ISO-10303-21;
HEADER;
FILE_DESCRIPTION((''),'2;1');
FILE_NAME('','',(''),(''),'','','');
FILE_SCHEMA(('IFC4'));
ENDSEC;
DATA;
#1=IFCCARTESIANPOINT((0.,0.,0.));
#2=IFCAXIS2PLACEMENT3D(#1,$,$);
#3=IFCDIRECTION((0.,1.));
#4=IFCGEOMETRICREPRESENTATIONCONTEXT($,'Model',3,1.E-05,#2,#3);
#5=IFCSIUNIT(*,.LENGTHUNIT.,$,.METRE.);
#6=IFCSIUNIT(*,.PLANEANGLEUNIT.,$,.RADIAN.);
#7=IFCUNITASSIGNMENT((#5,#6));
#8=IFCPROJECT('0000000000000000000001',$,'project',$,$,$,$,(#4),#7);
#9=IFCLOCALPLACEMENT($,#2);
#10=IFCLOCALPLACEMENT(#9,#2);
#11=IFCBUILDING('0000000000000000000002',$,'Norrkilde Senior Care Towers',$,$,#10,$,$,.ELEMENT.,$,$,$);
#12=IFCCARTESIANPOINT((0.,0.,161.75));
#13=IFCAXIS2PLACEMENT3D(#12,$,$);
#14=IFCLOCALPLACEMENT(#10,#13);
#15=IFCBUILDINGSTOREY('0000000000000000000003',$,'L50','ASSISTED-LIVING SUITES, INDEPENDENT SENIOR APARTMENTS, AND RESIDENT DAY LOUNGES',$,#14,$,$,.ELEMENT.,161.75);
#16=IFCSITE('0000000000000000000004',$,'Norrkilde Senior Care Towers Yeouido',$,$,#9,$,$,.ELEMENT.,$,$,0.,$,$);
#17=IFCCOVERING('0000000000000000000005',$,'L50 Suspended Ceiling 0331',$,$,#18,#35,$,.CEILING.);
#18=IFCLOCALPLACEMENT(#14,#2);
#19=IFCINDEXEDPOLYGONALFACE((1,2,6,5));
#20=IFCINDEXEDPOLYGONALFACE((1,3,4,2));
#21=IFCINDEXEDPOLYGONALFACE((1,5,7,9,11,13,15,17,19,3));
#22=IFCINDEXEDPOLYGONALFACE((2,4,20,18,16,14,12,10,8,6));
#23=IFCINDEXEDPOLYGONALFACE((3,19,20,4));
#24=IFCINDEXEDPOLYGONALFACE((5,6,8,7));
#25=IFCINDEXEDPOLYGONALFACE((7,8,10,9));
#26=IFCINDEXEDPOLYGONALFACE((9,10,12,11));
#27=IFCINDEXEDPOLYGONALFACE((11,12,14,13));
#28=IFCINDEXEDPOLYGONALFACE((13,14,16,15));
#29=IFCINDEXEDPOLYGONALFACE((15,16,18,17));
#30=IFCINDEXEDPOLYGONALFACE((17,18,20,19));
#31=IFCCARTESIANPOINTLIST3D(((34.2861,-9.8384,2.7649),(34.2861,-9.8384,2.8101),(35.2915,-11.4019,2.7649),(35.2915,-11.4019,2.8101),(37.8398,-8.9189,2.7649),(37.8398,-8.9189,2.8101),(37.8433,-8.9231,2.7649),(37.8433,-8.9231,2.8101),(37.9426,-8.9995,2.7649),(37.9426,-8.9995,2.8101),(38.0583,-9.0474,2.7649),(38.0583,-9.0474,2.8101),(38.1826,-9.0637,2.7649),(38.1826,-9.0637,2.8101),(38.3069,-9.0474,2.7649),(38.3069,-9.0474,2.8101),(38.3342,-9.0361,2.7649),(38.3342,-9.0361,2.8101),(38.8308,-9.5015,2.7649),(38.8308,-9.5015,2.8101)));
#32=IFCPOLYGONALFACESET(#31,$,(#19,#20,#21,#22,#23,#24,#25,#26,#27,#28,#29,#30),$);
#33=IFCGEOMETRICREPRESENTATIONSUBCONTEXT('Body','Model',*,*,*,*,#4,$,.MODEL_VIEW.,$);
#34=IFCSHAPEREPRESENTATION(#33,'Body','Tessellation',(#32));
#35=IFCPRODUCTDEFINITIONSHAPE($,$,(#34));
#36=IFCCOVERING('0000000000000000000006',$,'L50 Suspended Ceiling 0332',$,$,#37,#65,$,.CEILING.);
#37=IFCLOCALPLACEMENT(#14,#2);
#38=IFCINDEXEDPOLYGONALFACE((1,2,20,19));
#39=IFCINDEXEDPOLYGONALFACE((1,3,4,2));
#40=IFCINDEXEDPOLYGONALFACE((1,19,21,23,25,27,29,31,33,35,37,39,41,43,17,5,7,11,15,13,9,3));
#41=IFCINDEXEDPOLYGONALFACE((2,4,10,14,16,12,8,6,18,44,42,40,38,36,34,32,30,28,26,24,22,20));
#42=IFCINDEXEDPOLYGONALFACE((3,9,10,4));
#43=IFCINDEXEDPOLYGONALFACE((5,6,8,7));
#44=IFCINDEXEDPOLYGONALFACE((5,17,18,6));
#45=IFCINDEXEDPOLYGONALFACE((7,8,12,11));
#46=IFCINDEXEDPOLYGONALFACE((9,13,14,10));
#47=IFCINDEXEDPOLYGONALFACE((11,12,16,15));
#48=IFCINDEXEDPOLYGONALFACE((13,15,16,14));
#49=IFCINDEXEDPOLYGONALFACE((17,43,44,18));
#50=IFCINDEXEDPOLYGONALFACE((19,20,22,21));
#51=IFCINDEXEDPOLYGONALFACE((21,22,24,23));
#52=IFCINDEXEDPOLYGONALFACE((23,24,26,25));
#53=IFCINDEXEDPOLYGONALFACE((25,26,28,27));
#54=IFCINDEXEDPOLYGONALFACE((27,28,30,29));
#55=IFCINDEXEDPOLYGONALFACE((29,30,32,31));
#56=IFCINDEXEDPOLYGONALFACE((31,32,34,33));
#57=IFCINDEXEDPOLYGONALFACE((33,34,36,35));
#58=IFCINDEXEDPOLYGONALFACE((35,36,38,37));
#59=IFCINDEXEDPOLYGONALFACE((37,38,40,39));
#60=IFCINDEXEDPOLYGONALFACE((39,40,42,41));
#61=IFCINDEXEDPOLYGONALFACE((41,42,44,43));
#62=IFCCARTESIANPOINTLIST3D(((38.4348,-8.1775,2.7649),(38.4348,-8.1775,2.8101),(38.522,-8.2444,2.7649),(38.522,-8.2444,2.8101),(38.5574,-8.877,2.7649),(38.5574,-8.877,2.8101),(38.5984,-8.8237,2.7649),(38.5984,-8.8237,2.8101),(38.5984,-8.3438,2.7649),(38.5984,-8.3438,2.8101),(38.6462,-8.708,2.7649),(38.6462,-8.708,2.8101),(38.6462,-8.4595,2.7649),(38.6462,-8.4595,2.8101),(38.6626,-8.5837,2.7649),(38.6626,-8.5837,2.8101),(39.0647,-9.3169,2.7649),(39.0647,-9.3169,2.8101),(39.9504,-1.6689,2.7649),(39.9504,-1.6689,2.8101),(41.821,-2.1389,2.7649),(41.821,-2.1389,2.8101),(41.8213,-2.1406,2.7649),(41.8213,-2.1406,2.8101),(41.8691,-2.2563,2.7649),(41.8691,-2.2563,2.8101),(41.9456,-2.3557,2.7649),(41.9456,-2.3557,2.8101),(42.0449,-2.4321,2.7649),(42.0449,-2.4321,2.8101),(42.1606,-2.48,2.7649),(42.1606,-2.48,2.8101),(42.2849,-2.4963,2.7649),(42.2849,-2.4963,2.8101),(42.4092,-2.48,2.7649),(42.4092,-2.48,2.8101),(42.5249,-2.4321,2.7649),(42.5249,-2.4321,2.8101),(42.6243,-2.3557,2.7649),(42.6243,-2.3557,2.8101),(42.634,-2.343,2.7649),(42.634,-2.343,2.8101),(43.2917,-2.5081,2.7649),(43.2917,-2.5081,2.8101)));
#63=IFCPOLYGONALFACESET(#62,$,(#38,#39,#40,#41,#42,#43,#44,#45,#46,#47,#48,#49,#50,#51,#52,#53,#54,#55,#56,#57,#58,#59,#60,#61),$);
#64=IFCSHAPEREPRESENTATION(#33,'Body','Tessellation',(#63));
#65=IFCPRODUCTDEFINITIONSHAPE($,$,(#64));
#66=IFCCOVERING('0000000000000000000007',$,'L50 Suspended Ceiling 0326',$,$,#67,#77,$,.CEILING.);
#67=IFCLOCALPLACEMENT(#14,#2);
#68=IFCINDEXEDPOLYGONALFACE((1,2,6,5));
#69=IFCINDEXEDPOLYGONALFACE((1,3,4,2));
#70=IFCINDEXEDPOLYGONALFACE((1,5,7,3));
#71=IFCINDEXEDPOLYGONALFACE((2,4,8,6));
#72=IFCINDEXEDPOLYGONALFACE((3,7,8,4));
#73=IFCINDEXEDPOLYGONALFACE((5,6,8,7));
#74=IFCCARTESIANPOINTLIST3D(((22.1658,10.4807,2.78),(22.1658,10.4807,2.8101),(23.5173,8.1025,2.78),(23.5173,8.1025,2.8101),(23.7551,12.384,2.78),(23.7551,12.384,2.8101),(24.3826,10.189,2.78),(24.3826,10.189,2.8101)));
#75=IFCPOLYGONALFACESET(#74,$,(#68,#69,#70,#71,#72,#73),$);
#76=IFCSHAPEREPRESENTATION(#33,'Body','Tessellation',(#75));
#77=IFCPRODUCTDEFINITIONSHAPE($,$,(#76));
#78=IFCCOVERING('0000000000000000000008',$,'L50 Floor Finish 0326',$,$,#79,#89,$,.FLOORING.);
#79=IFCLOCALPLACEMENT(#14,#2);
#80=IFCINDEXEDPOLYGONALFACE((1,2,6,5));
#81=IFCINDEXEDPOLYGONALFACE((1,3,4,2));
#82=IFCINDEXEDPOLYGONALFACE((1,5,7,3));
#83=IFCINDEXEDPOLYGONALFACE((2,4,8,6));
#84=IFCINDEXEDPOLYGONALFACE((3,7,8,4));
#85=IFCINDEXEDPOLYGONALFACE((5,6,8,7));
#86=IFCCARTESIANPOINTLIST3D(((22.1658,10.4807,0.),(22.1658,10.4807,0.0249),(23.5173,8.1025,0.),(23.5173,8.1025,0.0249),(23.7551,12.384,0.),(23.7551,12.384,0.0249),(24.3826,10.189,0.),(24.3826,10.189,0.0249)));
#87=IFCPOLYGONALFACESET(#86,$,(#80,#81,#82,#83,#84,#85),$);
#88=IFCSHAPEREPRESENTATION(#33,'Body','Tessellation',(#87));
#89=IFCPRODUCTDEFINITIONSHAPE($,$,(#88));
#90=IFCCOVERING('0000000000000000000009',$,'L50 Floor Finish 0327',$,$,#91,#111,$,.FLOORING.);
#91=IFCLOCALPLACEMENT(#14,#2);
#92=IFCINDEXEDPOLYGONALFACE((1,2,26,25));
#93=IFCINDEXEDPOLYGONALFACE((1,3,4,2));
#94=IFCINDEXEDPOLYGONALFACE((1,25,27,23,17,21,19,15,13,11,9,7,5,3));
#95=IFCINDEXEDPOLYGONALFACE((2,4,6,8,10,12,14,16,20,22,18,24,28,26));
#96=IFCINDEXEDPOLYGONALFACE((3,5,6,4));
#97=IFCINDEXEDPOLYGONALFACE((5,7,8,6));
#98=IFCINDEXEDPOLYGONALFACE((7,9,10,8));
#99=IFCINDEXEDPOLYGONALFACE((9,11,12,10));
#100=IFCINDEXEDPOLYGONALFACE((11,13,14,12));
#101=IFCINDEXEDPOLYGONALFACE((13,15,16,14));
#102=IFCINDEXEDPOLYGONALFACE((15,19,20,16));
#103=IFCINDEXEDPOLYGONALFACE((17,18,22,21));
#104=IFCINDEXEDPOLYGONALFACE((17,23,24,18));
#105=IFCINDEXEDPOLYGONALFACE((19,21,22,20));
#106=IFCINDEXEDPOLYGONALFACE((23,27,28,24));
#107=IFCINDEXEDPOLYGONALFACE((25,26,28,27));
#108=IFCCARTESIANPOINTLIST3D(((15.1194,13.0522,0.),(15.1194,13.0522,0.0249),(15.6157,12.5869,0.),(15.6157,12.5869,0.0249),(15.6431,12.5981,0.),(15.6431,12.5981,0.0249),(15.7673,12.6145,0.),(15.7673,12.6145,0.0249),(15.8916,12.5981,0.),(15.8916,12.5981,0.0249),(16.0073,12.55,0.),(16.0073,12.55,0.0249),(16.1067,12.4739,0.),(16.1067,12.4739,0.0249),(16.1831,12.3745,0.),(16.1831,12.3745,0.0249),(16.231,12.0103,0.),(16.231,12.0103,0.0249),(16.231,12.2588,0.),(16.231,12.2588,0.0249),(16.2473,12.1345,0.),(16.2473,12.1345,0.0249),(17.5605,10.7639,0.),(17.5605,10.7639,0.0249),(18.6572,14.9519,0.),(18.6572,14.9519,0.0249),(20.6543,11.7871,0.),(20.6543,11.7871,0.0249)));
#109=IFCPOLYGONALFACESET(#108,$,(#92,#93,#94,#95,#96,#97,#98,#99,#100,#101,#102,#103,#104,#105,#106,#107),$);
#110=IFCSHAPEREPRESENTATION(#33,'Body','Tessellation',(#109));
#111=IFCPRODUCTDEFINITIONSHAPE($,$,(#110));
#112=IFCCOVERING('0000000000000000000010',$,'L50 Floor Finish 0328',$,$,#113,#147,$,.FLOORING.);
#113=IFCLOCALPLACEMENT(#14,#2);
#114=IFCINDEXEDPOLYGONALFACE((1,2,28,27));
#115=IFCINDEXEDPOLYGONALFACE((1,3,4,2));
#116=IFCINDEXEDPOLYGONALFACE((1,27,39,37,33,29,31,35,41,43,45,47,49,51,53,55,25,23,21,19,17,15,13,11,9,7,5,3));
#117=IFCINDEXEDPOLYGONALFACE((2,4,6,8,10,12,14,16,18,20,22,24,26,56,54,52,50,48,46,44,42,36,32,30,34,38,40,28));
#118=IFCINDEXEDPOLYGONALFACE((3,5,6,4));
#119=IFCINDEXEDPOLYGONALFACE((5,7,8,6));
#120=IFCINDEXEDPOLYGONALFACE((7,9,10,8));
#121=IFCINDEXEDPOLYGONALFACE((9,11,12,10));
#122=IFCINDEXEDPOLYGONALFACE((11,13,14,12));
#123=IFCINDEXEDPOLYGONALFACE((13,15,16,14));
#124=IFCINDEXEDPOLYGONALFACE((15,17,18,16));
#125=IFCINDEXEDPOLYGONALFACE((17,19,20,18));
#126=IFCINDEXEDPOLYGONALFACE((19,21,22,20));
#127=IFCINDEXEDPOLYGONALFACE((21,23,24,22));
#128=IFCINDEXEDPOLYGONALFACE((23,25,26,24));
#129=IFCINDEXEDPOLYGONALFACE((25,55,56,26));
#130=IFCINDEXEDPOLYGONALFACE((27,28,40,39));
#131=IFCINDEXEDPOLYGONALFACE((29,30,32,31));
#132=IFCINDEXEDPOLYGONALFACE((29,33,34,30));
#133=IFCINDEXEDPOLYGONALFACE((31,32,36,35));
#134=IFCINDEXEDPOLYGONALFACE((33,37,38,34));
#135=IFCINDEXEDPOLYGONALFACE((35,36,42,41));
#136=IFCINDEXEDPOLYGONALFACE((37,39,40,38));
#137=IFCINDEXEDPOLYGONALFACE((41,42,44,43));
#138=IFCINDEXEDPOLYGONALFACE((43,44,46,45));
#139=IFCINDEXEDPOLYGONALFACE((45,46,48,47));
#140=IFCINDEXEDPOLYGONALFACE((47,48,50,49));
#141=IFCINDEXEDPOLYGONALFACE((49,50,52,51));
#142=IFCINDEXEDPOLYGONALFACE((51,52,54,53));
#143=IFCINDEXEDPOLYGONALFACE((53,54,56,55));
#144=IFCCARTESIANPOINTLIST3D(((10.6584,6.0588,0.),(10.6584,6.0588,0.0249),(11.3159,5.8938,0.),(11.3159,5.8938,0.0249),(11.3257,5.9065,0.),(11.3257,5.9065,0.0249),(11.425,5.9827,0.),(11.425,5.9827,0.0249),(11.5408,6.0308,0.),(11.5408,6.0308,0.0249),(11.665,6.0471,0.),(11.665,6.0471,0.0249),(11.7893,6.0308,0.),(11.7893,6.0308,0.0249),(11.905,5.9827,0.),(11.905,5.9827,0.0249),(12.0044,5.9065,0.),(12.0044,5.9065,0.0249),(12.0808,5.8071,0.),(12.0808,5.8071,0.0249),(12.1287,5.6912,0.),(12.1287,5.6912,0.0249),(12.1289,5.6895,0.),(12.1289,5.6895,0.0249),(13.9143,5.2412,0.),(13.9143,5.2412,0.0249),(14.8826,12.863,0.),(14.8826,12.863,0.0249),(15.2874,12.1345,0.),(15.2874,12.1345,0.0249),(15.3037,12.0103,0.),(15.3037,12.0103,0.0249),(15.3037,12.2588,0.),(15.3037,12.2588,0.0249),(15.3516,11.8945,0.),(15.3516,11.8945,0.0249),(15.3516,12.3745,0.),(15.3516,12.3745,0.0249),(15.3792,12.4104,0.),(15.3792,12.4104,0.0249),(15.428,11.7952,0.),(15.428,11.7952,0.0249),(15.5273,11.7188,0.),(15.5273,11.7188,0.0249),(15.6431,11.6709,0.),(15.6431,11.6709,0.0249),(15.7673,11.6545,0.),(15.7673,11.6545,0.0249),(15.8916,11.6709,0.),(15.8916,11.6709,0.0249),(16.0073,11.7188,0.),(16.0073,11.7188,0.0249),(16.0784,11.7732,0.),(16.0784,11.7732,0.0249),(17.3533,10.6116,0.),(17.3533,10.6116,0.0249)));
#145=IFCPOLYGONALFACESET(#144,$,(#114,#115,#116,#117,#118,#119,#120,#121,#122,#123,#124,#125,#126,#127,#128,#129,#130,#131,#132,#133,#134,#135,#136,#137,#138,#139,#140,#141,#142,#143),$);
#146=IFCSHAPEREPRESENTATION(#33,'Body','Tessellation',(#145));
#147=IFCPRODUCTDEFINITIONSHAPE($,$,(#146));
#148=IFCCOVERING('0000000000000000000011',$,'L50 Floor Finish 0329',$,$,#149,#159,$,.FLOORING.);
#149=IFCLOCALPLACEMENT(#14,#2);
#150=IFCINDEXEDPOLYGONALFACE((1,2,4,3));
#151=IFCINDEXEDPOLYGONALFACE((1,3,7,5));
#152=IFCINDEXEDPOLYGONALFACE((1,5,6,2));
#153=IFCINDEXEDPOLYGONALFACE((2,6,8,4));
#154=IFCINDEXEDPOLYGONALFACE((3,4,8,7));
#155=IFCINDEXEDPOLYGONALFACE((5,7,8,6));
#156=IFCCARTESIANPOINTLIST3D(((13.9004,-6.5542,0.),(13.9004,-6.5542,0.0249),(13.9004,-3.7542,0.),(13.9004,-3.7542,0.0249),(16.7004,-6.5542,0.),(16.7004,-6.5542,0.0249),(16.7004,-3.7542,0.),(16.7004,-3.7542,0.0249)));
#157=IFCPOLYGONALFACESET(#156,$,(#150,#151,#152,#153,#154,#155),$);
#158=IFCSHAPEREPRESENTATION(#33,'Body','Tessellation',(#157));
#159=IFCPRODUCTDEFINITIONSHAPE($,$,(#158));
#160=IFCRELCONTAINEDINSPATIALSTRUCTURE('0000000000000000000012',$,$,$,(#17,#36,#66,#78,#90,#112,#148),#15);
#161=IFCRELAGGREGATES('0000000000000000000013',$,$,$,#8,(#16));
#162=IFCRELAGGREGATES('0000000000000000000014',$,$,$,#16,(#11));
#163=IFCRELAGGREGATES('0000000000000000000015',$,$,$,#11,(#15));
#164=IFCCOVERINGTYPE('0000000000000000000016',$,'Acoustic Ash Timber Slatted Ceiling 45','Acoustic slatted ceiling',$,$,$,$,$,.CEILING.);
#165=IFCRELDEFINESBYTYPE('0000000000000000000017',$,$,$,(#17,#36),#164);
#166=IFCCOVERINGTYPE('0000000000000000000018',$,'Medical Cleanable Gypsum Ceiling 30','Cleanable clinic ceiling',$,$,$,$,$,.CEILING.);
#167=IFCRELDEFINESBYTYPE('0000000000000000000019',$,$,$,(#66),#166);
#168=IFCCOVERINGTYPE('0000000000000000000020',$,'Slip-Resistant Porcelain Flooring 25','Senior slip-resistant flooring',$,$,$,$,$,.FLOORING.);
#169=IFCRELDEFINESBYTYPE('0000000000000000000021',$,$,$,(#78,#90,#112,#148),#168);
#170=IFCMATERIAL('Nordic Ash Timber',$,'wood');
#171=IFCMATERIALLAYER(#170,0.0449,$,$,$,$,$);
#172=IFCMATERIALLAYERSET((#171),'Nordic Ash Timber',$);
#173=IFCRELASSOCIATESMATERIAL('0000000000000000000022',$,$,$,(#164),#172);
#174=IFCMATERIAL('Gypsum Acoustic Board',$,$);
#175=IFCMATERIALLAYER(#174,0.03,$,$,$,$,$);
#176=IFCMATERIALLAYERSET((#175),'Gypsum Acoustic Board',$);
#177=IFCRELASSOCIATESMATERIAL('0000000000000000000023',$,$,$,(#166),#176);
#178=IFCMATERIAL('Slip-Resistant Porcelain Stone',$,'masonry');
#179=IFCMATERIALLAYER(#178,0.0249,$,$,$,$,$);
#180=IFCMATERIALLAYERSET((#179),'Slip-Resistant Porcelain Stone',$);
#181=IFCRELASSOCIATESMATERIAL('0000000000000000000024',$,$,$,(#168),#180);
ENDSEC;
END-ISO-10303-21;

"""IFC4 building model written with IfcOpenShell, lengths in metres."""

from ifc_helpers import new_model, si_unit, direction, frame, origin, place, context, subcontext, project, spatial, polyline, outline, extrude, material, layer, layer_set, type_object, element, save


model = new_model("IFC4")

# Units and contexts
model_context = context("Model", 3, precision=1e-05, world=origin(), true_north=direction((0.0, 1.0)))
body_context = subcontext(model_context, "Body", "Model", "MODEL_VIEW")
ifc_project = project(units=[si_unit("LENGTHUNIT", "METRE"), si_unit("PLANEANGLEUNIT", "RADIAN")], contexts=[model_context])

# Site, building, storey
site_placement = place(None, origin())
site = spatial("IfcSite", under=ifc_project, at=site_placement, Name="Norrkilde Senior Care Towers Yeouido", CompositionType="ELEMENT", RefElevation=0.0)
building_placement = place(site_placement, origin())
building = spatial("IfcBuilding", under=site, at=building_placement, Name="Norrkilde Senior Care Towers", CompositionType="ELEMENT")
storey_placement = place(building_placement, frame((0.0, 0.0, 161.75)))
storey = spatial("IfcBuildingStorey", under=building, at=storey_placement, Name="L50", Description="ASSISTED-LIVING SUITES, INDEPENDENT SENIOR APARTMENTS, AND RESIDENT DAY LOUNGES", CompositionType="ELEMENT", Elevation=161.75)

# Shared definitions
ifc_material_1 = material(Name="Gypsum Acoustic Board")
ifc_material_2 = material(Name="Nordic Ash Timber", Category="wood")

# Coverings
ifc_layer_1 = layer(ifc_material_2, 0.0449)
ifc_layer_set_1 = layer_set([ifc_layer_1], Name="Nordic Ash Timber")
covering_type_1 = type_object("IfcCoveringType", Name="Acoustic Ash Timber Slatted Ceiling 45", Description="Acoustic slatted ceiling", PredefinedType="CEILING", material=ifc_layer_set_1)
covering_1_placement = place(storey_placement, frame((0.0, 0.0, 2.7649)))
element("IfcCovering", 1, at=covering_1_placement, inside=storey, type_object=covering_type_1, Name="L50 Suspended Ceiling 0331", PredefinedType="CEILING", context=body_context, shape_type="SweptSolid", body=[
    extrude(outline(polyline([(38.8308, -9.5015), (35.2915, -11.4019), (34.2861, -9.8384), (37.8398, -8.9189), (37.8433, -8.9231), (37.9426, -8.9995), (38.0583, -9.0474), (38.1826, -9.0637), (38.3069, -9.0474), (38.3342, -9.0361), (38.8308, -9.5015)])), origin(), (0.0, 0.0, 1.0), 0.0452),
])
covering_2_placement = place(storey_placement, frame((0.0, 0.0, 2.7649)))
element("IfcCovering", 2, at=covering_2_placement, inside=storey, type_object=covering_type_1, Name="L50 Suspended Ceiling 0332", PredefinedType="CEILING", context=body_context, shape_type="SweptSolid", body=[
    extrude(outline(polyline([(39.0647, -9.3169), (38.5574, -8.877), (38.5984, -8.8237), (38.6462, -8.708), (38.6626, -8.5837), (38.6462, -8.4595), (38.5984, -8.3438), (38.522, -8.2444), (38.4348, -8.1775), (39.9504, -1.6689), (41.821, -2.1389), (41.8213, -2.1406), (41.8691, -2.2563), (41.9456, -2.3557), (42.0449, -2.4321), (42.1606, -2.48), (42.2849, -2.4963), (42.4092, -2.48), (42.5249, -2.4321), (42.6243, -2.3557), (42.634, -2.343), (43.2917, -2.5081), (39.0647, -9.3169)])), origin(), (0.0, 0.0, 1.0), 0.0452),
])
ifc_layer_2 = layer(ifc_material_1, 0.03)
ifc_layer_set_2 = layer_set([ifc_layer_2], Name="Gypsum Acoustic Board")
covering_type_2 = type_object("IfcCoveringType", Name="Medical Cleanable Gypsum Ceiling 30", Description="Cleanable clinic ceiling", PredefinedType="CEILING", material=ifc_layer_set_2)
covering_3_placement = place(storey_placement, frame((0.0, 0.0, 2.78)))
element("IfcCovering", 3, at=covering_3_placement, inside=storey, type_object=covering_type_2, Name="L50 Suspended Ceiling 0326", PredefinedType="CEILING", context=body_context, shape_type="SweptSolid", body=[
    extrude(outline(polyline([(23.7551, 12.384), (24.3826, 10.189), (23.5173, 8.1025), (22.1658, 10.4807), (23.7551, 12.384)])), origin(), (0.0, 0.0, 1.0), 0.03),
])
ifc_material_3 = material(Name="Slip-Resistant Porcelain Stone", Category="masonry")
ifc_layer_3 = layer(ifc_material_3, 0.0249)
ifc_layer_set_3 = layer_set([ifc_layer_3], Name="Slip-Resistant Porcelain Stone")
covering_type_3 = type_object("IfcCoveringType", Name="Slip-Resistant Porcelain Flooring 25", Description="Senior slip-resistant flooring", PredefinedType="FLOORING", material=ifc_layer_set_3)
covering_4_placement = place(storey_placement, origin())
element("IfcCovering", 4, at=covering_4_placement, inside=storey, type_object=covering_type_3, Name="L50 Floor Finish 0326", PredefinedType="FLOORING", context=body_context, shape_type="SweptSolid", body=[
    extrude(outline(polyline([(23.7551, 12.384), (24.3826, 10.189), (23.5173, 8.1025), (22.1658, 10.4807), (23.7551, 12.384)])), origin(), (0.0, 0.0, 1.0), 0.0249),
])
covering_5_placement = place(storey_placement, origin())
element("IfcCovering", 5, at=covering_5_placement, inside=storey, type_object=covering_type_3, Name="L50 Floor Finish 0327", PredefinedType="FLOORING", context=body_context, shape_type="SweptSolid", body=[
    extrude(outline(polyline([(16.231, 12.0103), (16.231, 12.0103), (16.2473, 12.1345), (16.231, 12.2588), (16.1831, 12.3745), (16.1067, 12.4739), (16.0073, 12.55), (15.8916, 12.5981), (15.7673, 12.6145), (15.6431, 12.5981), (15.6157, 12.5869), (15.1194, 13.0522), (18.6572, 14.9519), (20.6543, 11.7871), (17.5605, 10.7639), (16.231, 12.0103)])), origin(), (0.0, 0.0, 1.0), 0.0249),
])
covering_6_placement = place(storey_placement, origin())
element("IfcCovering", 6, at=covering_6_placement, inside=storey, type_object=covering_type_3, Name="L50 Floor Finish 0328", PredefinedType="FLOORING", context=body_context, shape_type="SweptSolid", body=[
    extrude(outline(polyline([(12.1289, 5.6895), (12.1287, 5.6912), (12.0808, 5.8071), (12.0044, 5.9065), (11.905, 5.9827), (11.7893, 6.0308), (11.665, 6.0471), (11.5408, 6.0308), (11.425, 5.9827), (11.3257, 5.9065), (11.3159, 5.8938), (10.6584, 6.0588), (14.8826, 12.863), (15.3792, 12.4104), (15.3516, 12.3745), (15.3037, 12.2588), (15.2874, 12.1345), (15.3037, 12.0103), (15.3516, 11.8945), (15.428, 11.7952), (15.5273, 11.7188), (15.6431, 11.6709), (15.7673, 11.6545), (15.8916, 11.6709), (16.0073, 11.7188), (16.0784, 11.7732), (17.3533, 10.6116), (13.9143, 5.2412), (12.1289, 5.6895)])), origin(), (0.0, 0.0, 1.0), 0.0249),
])
covering_7_placement = place(storey_placement, origin())
element("IfcCovering", 7, at=covering_7_placement, inside=storey, type_object=covering_type_3, Name="L50 Floor Finish 0329", PredefinedType="FLOORING", context=body_context, shape_type="SweptSolid", body=[
    extrude(outline(polyline([(13.9004, -6.5542), (13.9004, -3.7542), (16.7004, -3.7542), (16.7004, -6.5542), (13.9004, -6.5542)])), origin(), (0.0, 0.0, 1.0), 0.0249),
])

save(model, "model.ifc")
